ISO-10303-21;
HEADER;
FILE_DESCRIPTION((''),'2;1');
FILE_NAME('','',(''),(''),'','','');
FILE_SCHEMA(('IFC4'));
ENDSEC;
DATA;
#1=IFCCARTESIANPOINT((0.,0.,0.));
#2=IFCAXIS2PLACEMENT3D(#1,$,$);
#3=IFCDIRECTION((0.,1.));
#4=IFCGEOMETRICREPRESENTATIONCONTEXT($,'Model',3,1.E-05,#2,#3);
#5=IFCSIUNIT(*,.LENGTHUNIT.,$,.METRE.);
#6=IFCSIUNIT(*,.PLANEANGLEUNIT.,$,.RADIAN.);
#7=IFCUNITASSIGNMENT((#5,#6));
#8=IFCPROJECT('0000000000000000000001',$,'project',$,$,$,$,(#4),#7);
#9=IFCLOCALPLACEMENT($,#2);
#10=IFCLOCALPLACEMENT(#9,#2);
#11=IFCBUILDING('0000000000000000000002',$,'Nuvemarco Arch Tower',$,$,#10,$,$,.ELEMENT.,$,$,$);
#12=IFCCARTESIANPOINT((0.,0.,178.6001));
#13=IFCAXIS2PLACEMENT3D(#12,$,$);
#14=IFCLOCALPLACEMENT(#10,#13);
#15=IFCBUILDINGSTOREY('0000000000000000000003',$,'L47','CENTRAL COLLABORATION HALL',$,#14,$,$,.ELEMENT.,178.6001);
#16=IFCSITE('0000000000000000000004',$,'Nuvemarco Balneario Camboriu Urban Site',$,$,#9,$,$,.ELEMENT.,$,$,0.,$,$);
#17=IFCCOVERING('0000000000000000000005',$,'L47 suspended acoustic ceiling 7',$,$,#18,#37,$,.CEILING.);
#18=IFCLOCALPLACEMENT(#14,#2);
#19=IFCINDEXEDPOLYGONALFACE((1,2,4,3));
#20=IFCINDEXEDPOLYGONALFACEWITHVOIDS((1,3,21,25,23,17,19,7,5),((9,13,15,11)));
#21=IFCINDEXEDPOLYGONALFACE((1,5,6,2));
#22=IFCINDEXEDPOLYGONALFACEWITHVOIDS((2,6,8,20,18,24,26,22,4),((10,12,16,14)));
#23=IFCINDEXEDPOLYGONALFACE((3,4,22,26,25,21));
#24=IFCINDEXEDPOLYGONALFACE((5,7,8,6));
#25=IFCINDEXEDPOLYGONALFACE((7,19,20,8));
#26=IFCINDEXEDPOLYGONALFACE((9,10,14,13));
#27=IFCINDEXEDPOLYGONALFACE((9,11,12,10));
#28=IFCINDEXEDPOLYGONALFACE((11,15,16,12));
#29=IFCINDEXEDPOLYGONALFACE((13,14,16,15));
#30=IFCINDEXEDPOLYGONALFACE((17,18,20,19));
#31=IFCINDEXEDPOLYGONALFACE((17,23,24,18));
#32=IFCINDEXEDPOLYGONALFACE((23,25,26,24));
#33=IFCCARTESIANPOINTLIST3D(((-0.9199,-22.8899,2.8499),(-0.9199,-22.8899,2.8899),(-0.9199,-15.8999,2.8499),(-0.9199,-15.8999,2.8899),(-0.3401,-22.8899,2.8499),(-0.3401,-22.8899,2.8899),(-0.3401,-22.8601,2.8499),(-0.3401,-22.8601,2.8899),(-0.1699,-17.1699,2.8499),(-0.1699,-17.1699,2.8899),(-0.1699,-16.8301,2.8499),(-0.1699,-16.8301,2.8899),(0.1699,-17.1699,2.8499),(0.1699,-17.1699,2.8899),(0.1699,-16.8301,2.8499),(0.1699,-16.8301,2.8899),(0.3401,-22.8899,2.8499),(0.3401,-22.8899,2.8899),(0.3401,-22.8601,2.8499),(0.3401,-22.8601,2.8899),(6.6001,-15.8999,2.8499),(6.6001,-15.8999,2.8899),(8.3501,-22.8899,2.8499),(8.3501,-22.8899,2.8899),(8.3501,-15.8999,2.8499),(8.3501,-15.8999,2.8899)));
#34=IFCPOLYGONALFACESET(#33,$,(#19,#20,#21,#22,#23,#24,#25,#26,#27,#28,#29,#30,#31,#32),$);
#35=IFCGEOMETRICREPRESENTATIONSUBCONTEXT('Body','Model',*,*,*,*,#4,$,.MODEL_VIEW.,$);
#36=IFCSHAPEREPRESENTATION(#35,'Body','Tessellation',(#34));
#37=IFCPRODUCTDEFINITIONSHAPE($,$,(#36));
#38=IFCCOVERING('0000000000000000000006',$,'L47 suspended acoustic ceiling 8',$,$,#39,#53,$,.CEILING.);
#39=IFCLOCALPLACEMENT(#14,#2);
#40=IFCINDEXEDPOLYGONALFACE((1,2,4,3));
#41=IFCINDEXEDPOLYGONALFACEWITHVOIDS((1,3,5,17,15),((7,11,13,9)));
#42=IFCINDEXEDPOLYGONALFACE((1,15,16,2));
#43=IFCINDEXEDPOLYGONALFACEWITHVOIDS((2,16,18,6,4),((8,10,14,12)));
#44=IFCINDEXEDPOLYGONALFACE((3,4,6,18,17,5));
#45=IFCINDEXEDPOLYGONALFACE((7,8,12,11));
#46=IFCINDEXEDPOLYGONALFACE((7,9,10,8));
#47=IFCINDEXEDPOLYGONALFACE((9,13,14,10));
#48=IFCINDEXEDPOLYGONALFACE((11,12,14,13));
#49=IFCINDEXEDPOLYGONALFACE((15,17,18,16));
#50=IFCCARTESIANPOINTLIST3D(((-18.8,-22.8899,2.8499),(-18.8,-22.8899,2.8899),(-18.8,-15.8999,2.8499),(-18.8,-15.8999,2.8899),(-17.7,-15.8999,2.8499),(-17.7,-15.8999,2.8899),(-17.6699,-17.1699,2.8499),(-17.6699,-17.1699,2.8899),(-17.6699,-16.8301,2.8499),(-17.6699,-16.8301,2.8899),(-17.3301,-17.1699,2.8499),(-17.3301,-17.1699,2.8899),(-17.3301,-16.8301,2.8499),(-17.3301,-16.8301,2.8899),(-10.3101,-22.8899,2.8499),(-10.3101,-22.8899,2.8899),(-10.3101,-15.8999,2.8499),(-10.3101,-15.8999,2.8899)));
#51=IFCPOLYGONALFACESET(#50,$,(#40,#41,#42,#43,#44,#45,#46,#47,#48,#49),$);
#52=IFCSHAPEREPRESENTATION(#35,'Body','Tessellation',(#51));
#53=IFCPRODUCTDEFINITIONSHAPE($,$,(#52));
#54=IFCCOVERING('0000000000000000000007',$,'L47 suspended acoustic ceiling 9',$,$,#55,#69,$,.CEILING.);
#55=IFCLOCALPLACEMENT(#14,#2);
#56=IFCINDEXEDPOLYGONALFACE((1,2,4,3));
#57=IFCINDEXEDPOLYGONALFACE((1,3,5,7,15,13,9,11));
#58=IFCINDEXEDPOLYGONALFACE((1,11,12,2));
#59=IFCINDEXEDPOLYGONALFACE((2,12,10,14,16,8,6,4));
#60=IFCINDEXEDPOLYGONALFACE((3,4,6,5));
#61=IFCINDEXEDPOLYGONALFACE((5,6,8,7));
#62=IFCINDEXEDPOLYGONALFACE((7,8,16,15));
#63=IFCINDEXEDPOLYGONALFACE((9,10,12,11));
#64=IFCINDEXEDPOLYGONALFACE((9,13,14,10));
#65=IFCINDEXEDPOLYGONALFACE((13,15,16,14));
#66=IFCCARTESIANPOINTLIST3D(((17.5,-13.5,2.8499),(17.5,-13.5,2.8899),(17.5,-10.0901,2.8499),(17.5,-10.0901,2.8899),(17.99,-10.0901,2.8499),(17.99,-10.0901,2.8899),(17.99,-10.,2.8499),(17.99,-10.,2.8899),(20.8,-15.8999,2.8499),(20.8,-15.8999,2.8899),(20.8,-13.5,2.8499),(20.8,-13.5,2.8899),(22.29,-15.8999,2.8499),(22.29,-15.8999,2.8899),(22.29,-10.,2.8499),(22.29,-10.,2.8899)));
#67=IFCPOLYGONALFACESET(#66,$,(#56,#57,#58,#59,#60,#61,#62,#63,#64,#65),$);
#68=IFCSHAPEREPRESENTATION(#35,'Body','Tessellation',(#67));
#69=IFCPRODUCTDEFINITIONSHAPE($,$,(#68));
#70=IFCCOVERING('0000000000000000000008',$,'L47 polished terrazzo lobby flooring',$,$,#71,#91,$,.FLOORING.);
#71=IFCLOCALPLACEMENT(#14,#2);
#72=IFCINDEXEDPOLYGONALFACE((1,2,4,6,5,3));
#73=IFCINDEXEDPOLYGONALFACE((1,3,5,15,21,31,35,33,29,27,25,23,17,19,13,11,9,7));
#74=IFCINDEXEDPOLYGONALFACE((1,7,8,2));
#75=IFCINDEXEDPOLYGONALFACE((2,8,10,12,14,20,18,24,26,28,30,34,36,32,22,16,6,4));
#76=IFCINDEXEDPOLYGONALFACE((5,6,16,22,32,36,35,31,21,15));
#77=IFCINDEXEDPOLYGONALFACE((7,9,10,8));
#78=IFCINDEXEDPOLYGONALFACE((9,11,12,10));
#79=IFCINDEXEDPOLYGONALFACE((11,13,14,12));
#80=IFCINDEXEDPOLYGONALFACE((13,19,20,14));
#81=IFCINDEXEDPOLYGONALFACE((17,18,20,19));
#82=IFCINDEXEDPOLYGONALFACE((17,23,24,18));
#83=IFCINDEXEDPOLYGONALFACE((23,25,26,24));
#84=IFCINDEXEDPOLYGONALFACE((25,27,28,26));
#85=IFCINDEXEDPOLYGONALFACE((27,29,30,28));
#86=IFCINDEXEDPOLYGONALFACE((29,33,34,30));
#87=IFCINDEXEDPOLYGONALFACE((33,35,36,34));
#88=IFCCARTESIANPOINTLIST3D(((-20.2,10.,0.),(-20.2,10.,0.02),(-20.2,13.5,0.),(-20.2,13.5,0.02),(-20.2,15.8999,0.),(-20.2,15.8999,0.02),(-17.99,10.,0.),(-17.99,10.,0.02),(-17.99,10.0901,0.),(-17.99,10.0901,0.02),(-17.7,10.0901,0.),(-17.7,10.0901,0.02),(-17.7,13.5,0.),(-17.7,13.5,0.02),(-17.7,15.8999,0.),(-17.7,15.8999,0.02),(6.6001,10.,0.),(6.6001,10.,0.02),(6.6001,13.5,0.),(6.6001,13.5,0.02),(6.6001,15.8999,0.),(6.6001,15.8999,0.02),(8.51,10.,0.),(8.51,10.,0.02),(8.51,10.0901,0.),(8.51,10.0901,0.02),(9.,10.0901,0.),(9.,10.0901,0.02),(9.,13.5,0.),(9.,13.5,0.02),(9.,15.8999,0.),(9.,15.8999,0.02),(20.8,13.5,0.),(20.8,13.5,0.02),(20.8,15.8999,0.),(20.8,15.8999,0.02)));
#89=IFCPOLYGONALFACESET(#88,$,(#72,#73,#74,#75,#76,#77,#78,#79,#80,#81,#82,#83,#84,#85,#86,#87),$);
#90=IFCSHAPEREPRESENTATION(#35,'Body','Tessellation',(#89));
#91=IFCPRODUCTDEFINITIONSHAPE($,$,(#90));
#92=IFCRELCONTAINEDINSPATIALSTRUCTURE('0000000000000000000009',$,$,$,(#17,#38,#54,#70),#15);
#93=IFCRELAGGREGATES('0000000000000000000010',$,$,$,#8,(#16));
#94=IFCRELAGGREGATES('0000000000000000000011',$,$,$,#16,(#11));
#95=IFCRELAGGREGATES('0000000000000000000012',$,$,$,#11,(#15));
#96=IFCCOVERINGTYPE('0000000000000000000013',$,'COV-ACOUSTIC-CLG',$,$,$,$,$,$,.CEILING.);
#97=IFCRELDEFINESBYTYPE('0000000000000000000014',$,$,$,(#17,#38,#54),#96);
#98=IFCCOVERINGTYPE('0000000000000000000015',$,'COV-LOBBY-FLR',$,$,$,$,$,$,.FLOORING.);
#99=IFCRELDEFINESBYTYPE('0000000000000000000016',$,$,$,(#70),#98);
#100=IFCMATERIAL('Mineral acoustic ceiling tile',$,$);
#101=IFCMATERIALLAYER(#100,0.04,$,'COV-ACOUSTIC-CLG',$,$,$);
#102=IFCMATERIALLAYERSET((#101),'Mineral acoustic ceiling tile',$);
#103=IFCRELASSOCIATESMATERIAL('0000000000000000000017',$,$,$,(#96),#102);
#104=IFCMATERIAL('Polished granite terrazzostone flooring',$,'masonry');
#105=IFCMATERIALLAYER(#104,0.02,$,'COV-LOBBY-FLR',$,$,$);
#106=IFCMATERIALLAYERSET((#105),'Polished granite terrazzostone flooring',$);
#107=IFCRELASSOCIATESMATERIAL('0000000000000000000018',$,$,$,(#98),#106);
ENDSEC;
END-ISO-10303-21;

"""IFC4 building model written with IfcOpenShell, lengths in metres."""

from ifc_helpers import new_model, si_unit, direction, frame, origin, place, context, subcontext, project, spatial, polyline, outline, extrude, material, layer, layer_set, type_object, element, save


model = new_model("IFC4")

# Units and contexts
model_context = context("Model", 3, precision=1e-05, world=origin(), true_north=direction((0.0, 1.0)))
body_context = subcontext(model_context, "Body", "Model", "MODEL_VIEW")
ifc_project = project(units=[si_unit("LENGTHUNIT", "METRE"), si_unit("PLANEANGLEUNIT", "RADIAN")], contexts=[model_context])

# Site, building, storey
site_placement = place(None, origin())
site = spatial("IfcSite", under=ifc_project, at=site_placement, Name="Nuvemarco Balneario Camboriu Urban Site", CompositionType="ELEMENT", RefElevation=0.0)
building_placement = place(site_placement, origin())
building = spatial("IfcBuilding", under=site, at=building_placement, Name="Nuvemarco Arch Tower", CompositionType="ELEMENT")
storey_placement = place(building_placement, frame((0.0, 0.0, 178.6001)))
storey = spatial("IfcBuildingStorey", under=building, at=storey_placement, Name="L47", Description="CENTRAL COLLABORATION HALL", CompositionType="ELEMENT", Elevation=178.6001)

# Coverings
ifc_material_1 = material(Name="Mineral acoustic ceiling tile")
ifc_layer_1 = layer(ifc_material_1, 0.04, Name="COV-ACOUSTIC-CLG")
ifc_layer_set_1 = layer_set([ifc_layer_1], Name="Mineral acoustic ceiling tile")
covering_type_1 = type_object("IfcCoveringType", Name="COV-ACOUSTIC-CLG", PredefinedType="CEILING", material=ifc_layer_set_1)
covering_1_placement = place(storey_placement, frame((0.0, 0.0, 2.8499)))
element("IfcCovering", 1, at=covering_1_placement, inside=storey, type_object=covering_type_1, Name="L47 suspended acoustic ceiling 7", PredefinedType="CEILING", context=body_context, shape_type="SweptSolid", body=[
    extrude(outline(polyline([(8.3501, -22.8899), (0.3401, -22.8899), (0.3401, -22.8601), (-0.3401, -22.8601), (-0.3401, -22.8899), (-0.9199, -22.8899), (-0.9199, -15.8999), (6.6001, -15.8999), (8.3501, -15.8999), (8.3501, -22.8899)]), holes=[polyline([(0.1699, -17.1699), (0.1699, -16.8301), (-0.1699, -16.8301), (-0.1699, -17.1699), (0.1699, -17.1699)])]), origin(), (0.0, 0.0, 1.0), 0.04),
])
covering_2_placement = place(storey_placement, frame((0.0, 0.0, 2.8499)))
element("IfcCovering", 2, at=covering_2_placement, inside=storey, type_object=covering_type_1, Name="L47 suspended acoustic ceiling 8", PredefinedType="CEILING", context=body_context, shape_type="SweptSolid", body=[
    extrude(outline(polyline([(-10.3101, -22.8899), (-18.8, -22.8899), (-18.8, -15.8999), (-17.7, -15.8999), (-10.3101, -15.8999), (-10.3101, -22.8899)]), holes=[polyline([(-17.3301, -16.8301), (-17.6699, -16.8301), (-17.6699, -17.1699), (-17.3301, -17.1699), (-17.3301, -16.8301)])]), origin(), (0.0, 0.0, 1.0), 0.04),
])
covering_3_placement = place(storey_placement, frame((0.0, 0.0, 2.8499)))
element("IfcCovering", 3, at=covering_3_placement, inside=storey, type_object=covering_type_1, Name="L47 suspended acoustic ceiling 9", PredefinedType="CEILING", context=body_context, shape_type="SweptSolid", body=[
    extrude(outline(polyline([(17.5, -10.0901), (17.99, -10.0901), (17.99, -10.0), (22.29, -10.0), (22.29, -15.8999), (20.8, -15.8999), (20.8, -13.5), (17.5, -13.5), (17.5, -10.0901)])), origin(), (0.0, 0.0, 1.0), 0.04),
])
ifc_material_2 = material(Name="Polished granite terrazzostone flooring", Category="masonry")
ifc_layer_2 = layer(ifc_material_2, 0.02, Name="COV-LOBBY-FLR")
ifc_layer_set_2 = layer_set([ifc_layer_2], Name="Polished granite terrazzostone flooring")
covering_type_2 = type_object("IfcCoveringType", Name="COV-LOBBY-FLR", PredefinedType="FLOORING", material=ifc_layer_set_2)
covering_4_placement = place(storey_placement, origin())
element("IfcCovering", 4, at=covering_4_placement, inside=storey, type_object=covering_type_2, Name="L47 polished terrazzo lobby flooring", PredefinedType="FLOORING", context=body_context, shape_type="SweptSolid", body=[
    extrude(outline(polyline([(-20.2, 13.5), (-20.2, 15.8999), (-17.7, 15.8999), (6.6001, 15.8999), (9.0, 15.8999), (20.8, 15.8999), (20.8, 13.5), (9.0, 13.5), (9.0, 10.0901), (8.51, 10.0901), (8.51, 10.0), (6.6001, 10.0), (6.6001, 13.5), (-17.7, 13.5), (-17.7, 10.0901), (-17.99, 10.0901), (-17.99, 10.0), (-20.2, 10.0), (-20.2, 13.5)])), origin(), (0.0, 0.0, 1.0), 0.02),
])

save(model, "model.ifc")
